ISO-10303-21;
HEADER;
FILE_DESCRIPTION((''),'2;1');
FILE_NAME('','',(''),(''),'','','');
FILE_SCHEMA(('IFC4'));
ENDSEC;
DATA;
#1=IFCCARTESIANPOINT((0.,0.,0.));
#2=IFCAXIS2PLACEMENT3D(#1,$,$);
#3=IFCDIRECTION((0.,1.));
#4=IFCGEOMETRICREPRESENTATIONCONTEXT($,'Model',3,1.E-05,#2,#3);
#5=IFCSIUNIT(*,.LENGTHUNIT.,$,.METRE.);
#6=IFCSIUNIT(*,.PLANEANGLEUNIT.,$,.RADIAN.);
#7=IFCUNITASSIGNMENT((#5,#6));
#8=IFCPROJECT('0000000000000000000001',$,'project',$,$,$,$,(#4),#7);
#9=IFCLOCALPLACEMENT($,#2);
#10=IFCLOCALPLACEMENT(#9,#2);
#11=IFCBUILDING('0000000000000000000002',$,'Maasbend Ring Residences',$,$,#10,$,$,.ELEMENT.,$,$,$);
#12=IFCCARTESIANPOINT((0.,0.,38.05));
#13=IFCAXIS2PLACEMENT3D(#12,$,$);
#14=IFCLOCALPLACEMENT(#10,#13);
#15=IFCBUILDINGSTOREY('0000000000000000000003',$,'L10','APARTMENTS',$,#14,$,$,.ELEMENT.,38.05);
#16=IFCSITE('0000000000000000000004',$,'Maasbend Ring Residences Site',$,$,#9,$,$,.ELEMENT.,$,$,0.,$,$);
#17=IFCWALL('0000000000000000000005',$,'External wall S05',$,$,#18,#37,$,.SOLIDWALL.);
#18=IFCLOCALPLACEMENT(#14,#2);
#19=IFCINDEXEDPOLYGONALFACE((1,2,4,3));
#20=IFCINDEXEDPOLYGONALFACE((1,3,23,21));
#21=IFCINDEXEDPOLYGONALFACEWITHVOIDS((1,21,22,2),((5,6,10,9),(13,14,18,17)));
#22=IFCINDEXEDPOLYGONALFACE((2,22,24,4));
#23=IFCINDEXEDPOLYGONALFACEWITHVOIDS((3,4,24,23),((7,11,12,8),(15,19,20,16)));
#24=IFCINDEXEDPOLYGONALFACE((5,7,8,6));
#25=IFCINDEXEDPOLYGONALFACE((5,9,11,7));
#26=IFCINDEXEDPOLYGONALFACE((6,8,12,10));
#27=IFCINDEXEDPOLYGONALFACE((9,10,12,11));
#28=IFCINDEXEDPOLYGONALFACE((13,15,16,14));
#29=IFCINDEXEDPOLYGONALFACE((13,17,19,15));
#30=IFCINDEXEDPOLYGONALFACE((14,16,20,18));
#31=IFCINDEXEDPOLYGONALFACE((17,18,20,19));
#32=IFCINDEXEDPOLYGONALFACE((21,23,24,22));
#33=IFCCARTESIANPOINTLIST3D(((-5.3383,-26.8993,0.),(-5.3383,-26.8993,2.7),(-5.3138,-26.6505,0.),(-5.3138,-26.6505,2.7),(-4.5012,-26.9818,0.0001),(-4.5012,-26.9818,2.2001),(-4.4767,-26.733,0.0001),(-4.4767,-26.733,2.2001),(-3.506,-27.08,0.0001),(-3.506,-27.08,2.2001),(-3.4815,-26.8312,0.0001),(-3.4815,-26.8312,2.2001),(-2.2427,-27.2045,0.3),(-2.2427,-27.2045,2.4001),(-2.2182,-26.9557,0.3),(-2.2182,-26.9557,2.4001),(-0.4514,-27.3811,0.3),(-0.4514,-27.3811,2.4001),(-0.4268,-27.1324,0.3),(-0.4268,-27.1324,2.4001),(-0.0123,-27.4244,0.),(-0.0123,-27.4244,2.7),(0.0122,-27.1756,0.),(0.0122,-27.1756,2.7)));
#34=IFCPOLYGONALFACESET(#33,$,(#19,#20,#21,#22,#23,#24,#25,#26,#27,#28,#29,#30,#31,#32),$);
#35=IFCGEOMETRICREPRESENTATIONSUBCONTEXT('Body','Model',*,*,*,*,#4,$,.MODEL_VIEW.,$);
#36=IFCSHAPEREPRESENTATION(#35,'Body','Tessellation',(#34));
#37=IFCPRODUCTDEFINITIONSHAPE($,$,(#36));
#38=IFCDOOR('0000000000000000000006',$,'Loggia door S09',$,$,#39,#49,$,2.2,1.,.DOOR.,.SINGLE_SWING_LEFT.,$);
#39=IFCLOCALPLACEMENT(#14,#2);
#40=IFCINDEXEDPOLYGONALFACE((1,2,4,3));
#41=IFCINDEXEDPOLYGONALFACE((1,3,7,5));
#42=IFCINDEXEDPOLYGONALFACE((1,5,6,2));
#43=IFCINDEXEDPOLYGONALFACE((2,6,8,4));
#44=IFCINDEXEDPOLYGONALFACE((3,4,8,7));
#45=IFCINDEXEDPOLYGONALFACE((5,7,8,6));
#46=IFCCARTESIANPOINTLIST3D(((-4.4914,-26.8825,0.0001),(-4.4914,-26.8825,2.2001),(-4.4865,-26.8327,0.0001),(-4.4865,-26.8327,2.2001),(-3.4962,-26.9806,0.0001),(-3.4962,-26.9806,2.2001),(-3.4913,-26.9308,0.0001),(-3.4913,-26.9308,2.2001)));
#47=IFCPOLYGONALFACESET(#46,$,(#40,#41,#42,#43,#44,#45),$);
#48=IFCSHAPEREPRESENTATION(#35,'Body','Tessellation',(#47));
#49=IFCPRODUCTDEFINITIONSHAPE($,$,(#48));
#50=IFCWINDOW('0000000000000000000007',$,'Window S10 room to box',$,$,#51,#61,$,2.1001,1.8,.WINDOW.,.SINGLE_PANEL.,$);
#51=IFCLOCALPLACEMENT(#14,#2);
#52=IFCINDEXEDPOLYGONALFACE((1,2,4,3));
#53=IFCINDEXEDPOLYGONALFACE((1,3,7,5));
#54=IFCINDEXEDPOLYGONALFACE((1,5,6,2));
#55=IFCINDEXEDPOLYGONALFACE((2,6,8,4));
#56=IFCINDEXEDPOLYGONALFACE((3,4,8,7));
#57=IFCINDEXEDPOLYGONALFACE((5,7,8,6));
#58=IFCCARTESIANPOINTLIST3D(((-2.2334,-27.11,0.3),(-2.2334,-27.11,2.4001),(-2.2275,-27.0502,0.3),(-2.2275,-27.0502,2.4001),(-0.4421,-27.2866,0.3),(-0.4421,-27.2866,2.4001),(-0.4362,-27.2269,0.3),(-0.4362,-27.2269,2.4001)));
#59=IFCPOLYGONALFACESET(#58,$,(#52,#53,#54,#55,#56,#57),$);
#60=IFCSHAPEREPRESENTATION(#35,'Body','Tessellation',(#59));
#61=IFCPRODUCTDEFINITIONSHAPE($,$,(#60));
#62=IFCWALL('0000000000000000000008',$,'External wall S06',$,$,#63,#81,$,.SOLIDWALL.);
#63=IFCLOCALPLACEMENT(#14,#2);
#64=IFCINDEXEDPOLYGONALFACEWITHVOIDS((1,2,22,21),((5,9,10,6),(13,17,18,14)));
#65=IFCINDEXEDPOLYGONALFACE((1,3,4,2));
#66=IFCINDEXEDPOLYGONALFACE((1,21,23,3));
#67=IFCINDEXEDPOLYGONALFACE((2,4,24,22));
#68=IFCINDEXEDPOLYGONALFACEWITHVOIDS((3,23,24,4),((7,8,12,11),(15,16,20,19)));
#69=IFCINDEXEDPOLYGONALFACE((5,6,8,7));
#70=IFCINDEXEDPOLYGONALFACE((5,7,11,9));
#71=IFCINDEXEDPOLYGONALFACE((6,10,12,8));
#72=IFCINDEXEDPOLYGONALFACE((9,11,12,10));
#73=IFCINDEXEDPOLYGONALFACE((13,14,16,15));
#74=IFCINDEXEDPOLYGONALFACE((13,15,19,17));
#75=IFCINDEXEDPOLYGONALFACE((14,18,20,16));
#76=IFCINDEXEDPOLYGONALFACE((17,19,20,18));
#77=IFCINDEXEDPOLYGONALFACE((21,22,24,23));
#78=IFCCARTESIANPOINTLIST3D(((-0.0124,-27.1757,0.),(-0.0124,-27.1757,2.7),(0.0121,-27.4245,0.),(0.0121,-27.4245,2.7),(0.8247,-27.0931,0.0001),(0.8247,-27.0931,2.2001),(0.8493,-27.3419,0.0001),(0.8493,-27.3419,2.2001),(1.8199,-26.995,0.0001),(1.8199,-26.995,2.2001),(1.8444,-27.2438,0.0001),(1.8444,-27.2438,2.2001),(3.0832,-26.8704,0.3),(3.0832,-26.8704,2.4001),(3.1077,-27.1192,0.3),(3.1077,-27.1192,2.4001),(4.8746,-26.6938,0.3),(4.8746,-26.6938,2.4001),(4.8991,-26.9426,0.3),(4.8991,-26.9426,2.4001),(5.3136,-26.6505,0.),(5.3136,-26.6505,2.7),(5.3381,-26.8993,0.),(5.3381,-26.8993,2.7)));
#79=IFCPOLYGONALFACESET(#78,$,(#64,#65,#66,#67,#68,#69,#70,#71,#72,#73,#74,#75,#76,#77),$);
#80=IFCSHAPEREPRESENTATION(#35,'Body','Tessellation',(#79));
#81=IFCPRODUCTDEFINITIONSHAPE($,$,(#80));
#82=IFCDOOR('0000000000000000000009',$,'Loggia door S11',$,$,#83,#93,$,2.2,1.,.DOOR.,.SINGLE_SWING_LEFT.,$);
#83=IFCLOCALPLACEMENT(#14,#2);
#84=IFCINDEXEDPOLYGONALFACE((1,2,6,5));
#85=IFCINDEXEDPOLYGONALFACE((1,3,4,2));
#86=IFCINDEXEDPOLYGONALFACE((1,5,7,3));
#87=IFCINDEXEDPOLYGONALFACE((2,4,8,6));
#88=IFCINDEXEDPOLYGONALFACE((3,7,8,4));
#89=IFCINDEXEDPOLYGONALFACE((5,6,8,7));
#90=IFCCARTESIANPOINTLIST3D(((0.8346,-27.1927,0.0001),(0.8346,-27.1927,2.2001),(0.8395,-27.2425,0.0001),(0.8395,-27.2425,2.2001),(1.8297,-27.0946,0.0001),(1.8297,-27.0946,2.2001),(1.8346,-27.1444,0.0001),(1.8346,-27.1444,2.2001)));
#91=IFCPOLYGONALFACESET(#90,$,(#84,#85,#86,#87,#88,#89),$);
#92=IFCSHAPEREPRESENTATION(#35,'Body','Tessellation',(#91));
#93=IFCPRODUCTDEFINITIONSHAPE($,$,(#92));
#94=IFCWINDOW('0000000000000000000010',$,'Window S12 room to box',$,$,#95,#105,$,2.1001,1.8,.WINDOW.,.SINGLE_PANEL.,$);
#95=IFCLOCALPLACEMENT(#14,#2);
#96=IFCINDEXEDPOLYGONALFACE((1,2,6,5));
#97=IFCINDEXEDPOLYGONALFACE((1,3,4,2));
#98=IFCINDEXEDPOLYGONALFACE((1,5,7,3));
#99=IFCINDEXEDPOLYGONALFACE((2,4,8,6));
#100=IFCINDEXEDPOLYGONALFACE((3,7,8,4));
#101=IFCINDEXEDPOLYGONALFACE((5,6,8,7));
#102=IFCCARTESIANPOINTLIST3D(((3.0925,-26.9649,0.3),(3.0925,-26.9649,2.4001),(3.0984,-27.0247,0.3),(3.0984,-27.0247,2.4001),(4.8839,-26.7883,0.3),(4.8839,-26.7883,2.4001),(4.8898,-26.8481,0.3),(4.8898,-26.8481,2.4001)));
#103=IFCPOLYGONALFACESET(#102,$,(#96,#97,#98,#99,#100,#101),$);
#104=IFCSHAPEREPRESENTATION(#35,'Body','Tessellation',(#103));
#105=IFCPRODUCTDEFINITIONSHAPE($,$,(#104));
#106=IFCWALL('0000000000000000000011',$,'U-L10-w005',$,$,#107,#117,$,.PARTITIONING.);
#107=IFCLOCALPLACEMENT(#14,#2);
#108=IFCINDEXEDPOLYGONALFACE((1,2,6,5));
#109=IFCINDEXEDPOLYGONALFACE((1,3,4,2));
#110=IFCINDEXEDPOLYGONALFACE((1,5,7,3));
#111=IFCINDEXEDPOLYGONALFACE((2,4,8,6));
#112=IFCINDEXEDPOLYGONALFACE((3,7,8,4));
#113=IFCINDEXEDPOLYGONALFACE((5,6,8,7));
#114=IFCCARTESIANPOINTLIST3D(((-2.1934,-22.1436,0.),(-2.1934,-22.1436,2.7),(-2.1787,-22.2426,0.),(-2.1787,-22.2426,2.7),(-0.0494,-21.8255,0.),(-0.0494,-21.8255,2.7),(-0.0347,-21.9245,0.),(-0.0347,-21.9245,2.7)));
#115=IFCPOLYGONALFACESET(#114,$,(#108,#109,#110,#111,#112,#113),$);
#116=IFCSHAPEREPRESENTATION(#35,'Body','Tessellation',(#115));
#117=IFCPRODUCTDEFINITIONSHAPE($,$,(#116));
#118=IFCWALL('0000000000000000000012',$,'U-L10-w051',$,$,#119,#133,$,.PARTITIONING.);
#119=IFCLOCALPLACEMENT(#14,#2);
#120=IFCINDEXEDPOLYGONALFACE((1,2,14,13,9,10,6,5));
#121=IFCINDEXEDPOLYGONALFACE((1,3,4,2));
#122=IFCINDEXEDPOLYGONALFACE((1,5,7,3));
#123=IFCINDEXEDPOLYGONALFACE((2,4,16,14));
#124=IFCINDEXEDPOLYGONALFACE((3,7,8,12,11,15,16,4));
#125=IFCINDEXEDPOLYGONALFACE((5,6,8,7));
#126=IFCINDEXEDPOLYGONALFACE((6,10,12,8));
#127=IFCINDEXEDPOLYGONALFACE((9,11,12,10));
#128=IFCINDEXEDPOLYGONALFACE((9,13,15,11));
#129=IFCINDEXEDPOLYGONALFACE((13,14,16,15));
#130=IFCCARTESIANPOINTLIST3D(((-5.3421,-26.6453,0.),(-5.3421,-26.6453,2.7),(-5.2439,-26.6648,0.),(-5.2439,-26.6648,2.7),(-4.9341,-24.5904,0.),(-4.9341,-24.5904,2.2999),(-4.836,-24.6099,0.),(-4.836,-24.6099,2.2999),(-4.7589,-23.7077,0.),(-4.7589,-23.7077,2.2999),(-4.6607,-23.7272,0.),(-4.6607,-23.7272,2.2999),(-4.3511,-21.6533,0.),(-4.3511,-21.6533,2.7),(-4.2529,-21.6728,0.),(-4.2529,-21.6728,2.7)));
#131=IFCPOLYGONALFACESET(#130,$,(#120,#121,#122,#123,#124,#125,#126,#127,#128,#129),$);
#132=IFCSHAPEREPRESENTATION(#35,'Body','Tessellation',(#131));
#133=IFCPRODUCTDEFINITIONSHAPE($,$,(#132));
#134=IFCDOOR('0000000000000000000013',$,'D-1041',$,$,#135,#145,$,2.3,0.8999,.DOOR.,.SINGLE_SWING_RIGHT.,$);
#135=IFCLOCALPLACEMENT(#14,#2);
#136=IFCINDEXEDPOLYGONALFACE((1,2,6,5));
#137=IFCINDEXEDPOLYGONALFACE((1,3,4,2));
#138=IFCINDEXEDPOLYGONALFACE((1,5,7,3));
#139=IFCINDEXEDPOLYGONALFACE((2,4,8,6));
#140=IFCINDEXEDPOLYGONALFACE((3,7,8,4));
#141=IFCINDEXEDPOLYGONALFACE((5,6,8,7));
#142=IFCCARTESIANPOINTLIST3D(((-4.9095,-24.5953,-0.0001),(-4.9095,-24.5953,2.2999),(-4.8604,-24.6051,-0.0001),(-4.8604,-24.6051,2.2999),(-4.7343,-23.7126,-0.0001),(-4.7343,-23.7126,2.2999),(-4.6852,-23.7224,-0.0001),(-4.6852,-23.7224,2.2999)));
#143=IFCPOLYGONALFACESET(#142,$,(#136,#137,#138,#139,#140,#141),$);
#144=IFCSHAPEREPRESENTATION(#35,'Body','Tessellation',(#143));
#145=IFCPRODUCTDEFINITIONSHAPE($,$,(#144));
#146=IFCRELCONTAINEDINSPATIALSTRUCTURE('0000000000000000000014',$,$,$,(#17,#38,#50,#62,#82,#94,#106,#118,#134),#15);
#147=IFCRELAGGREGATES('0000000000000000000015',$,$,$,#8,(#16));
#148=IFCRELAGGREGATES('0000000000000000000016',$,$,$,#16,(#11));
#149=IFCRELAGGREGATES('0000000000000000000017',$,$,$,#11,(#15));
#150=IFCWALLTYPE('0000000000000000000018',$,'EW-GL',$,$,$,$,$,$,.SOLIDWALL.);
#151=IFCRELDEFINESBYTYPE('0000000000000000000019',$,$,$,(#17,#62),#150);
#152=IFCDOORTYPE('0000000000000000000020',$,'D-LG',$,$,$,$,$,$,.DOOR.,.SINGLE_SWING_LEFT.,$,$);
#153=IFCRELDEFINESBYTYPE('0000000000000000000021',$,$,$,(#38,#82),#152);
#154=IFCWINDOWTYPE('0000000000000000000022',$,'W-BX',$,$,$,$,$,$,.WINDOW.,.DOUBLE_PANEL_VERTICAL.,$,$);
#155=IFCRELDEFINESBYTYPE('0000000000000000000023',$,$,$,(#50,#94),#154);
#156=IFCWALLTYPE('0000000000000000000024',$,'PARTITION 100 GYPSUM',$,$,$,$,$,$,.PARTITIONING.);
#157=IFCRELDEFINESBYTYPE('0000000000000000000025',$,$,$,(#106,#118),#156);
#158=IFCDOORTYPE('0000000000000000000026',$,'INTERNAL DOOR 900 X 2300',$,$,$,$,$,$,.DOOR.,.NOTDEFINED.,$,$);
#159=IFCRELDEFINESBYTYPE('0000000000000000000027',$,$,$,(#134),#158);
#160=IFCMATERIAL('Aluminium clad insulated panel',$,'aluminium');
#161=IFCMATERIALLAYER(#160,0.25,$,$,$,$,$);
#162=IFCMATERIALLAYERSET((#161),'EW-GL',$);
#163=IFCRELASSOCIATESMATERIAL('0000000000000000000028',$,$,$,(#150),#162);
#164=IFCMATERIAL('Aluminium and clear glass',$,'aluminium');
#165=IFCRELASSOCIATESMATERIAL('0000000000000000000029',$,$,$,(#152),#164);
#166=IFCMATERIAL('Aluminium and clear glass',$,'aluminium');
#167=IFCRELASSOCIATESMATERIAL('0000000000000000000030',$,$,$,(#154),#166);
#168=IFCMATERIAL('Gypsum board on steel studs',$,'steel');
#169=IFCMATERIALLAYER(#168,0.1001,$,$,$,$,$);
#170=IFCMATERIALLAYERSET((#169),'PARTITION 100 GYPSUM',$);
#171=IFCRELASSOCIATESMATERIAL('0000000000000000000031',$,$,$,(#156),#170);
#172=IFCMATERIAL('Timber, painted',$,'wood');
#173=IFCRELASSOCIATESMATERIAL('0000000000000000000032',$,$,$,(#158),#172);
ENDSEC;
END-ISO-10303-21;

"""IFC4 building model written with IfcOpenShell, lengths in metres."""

from ifc_helpers import new_model, si_unit, direction, frame, frame_2d, origin, place, context, subcontext, project, spatial, rectangle, extrude, material, layer, layer_set, type_object, element, fill, save


model = new_model("IFC4")

# Units and contexts
model_context = context("Model", 3, precision=1e-05, world=origin(), true_north=direction((0.0, 1.0)))
body_context = subcontext(model_context, "Body", "Model", "MODEL_VIEW")
ifc_project = project(units=[si_unit("LENGTHUNIT", "METRE"), si_unit("PLANEANGLEUNIT", "RADIAN")], contexts=[model_context])

# Site, building, storey
site_placement = place(None, origin())
site = spatial("IfcSite", under=ifc_project, at=site_placement, Name="Maasbend Ring Residences Site", CompositionType="ELEMENT", RefElevation=0.0)
building_placement = place(site_placement, origin())
building = spatial("IfcBuilding", under=site, at=building_placement, Name="Maasbend Ring Residences", CompositionType="ELEMENT")
storey_placement = place(building_placement, frame((0.0, 0.0, 38.05)))
storey = spatial("IfcBuildingStorey", under=building, at=storey_placement, Name="L10", Description="APARTMENTS", CompositionType="ELEMENT", Elevation=38.05)

# Walls, openings, doors, windows
ifc_material_1 = material(Name="Aluminium clad insulated panel", Category="aluminium")
ifc_layer_1 = layer(ifc_material_1, 0.25)
ifc_layer_set_1 = layer_set([ifc_layer_1], Name="EW-GL")
wall_type_1 = type_object("IfcWallType", Name="EW-GL", PredefinedType="SOLIDWALL", material=ifc_layer_set_1)
wall_1_placement = place(storey_placement, frame((-5.3259, -26.7749, 0.0), z_axis=(0.0, 0.0, 1.0), x_axis=(0.995174, -0.098126, 0.0)))
wall_1 = element("IfcWall", 1, at=wall_1_placement, inside=storey, type_object=wall_type_1, Name="External wall S05", PredefinedType="SOLIDWALL", context=body_context, shape_type="SweptSolid", body=[
    extrude(rectangle(XDim=5.3518, YDim=0.25, at=frame_2d((2.6758, 0.0))), origin(), (0.0, 0.0, 1.0), 2.7),
])
opening_1_placement = place(wall_1_placement, frame((0.8411, 0.0, 0.0)))
opening_1 = element("IfcOpeningElement", 2, at=opening_1_placement, cuts=wall_1, PredefinedType="OPENING", context=body_context, shape_type="SweptSolid", body=[
    extrude(rectangle(XDim=1.0, YDim=2.2, at=frame_2d((0.5, 1.1001))), frame((0.0, 0.135, 0.0), z_axis=(0.0, -1.0, 0.0), x_axis=(1.0, 0.0, 0.0)), (0.0, 0.0, 1.0), 0.27),
])
opening_2_placement = place(wall_1_placement, frame((3.1106, 0.0, 0.3)))
opening_2 = element("IfcOpeningElement", 3, at=opening_2_placement, cuts=wall_1, PredefinedType="OPENING", context=body_context, shape_type="SweptSolid", body=[
    extrude(rectangle(XDim=1.8, YDim=2.1001, at=frame_2d((0.8999, 1.05))), frame((0.0, 0.135, 0.0), z_axis=(0.0, -1.0, 0.0), x_axis=(1.0, 0.0, 0.0)), (0.0, 0.0, 1.0), 0.27),
])
ifc_material_2 = material(Name="Aluminium and clear glass", Category="aluminium")
door_type_1 = type_object("IfcDoorType", Name="D-LG", OperationType="SINGLE_SWING_LEFT", PredefinedType="DOOR", material=ifc_material_2)
door_1_placement = place(opening_1_placement, origin())
door_1 = element("IfcDoor", 4, at=door_1_placement, inside=storey, type_object=door_type_1, Name="Loggia door S09", OperationType="SINGLE_SWING_LEFT", OverallHeight=2.2, OverallWidth=1.0, PredefinedType="DOOR", context=body_context, shape_type="SweptSolid", body=[
    extrude(rectangle(XDim=1.0, YDim=2.2, at=frame_2d((0.5, 1.1001))), frame((0.0, 0.0249, 0.0), z_axis=(0.0, -1.0, 0.0), x_axis=(1.0, 0.0, 0.0)), (0.0, 0.0, 1.0), 0.05),
])
fill(opening_1, door_1)
ifc_material_3 = material(Name="Aluminium and clear glass", Category="aluminium")
window_type_1 = type_object("IfcWindowType", Name="W-BX", PartitioningType="DOUBLE_PANEL_VERTICAL", PredefinedType="WINDOW", material=ifc_material_3)
window_1_placement = place(opening_2_placement, origin())
window_1 = element("IfcWindow", 5, at=window_1_placement, inside=storey, type_object=window_type_1, Name="Window S10 room to box", OverallHeight=2.1001, OverallWidth=1.8, PartitioningType="SINGLE_PANEL", PredefinedType="WINDOW", context=body_context, shape_type="SweptSolid", body=[
    extrude(rectangle(XDim=1.8, YDim=2.1001, at=frame_2d((0.8999, 1.05))), frame((0.0, 0.03, 0.0), z_axis=(0.0, -1.0, 0.0), x_axis=(1.0, 0.0, 0.0)), (0.0, 0.0, 1.0), 0.0601),
])
fill(opening_2, window_1)
wall_2_placement = place(storey_placement, frame((0.0, -27.3, 0.0), z_axis=(0.0, 0.0, 1.0), x_axis=(0.995174, 0.098126, 0.0)))
wall_2 = element("IfcWall", 6, at=wall_2_placement, inside=storey, type_object=wall_type_1, Name="External wall S06", PredefinedType="SOLIDWALL", context=body_context, shape_type="SweptSolid", body=[
    extrude(rectangle(XDim=5.3518, YDim=0.25, at=frame_2d((2.6758, 0.0))), origin(), (0.0, 0.0, 1.0), 2.7),
])
opening_3_placement = place(wall_2_placement, frame((0.8411, 0.0, 0.0)))
opening_3 = element("IfcOpeningElement", 7, at=opening_3_placement, cuts=wall_2, PredefinedType="OPENING", context=body_context, shape_type="SweptSolid", body=[
    extrude(rectangle(XDim=1.0, YDim=2.2, at=frame_2d((0.5, 1.1001))), frame((0.0, 0.135, 0.0), z_axis=(0.0, -1.0, 0.0), x_axis=(1.0, 0.0, 0.0)), (0.0, 0.0, 1.0), 0.27),
])
opening_4_placement = place(wall_2_placement, frame((3.1106, 0.0, 0.3)))
opening_4 = element("IfcOpeningElement", 8, at=opening_4_placement, cuts=wall_2, PredefinedType="OPENING", context=body_context, shape_type="SweptSolid", body=[
    extrude(rectangle(XDim=1.8, YDim=2.1001, at=frame_2d((0.8999, 1.05))), frame((0.0, 0.135, 0.0), z_axis=(0.0, -1.0, 0.0), x_axis=(1.0, 0.0, 0.0)), (0.0, 0.0, 1.0), 0.27),
])
door_2_placement = place(opening_3_placement, origin())
door_2 = element("IfcDoor", 9, at=door_2_placement, inside=storey, type_object=door_type_1, Name="Loggia door S11", OperationType="SINGLE_SWING_LEFT", OverallHeight=2.2, OverallWidth=1.0, PredefinedType="DOOR", context=body_context, shape_type="SweptSolid", body=[
    extrude(rectangle(XDim=1.0, YDim=2.2, at=frame_2d((0.5, 1.1001))), frame((0.0, 0.0249, 0.0), z_axis=(0.0, -1.0, 0.0), x_axis=(1.0, 0.0, 0.0)), (0.0, 0.0, 1.0), 0.05),
])
fill(opening_3, door_2)
window_2_placement = place(opening_4_placement, origin())
window_2 = element("IfcWindow", 10, at=window_2_placement, inside=storey, type_object=window_type_1, Name="Window S12 room to box", OverallHeight=2.1001, OverallWidth=1.8, PartitioningType="SINGLE_PANEL", PredefinedType="WINDOW", context=body_context, shape_type="SweptSolid", body=[
    extrude(rectangle(XDim=1.8, YDim=2.1001, at=frame_2d((0.8999, 1.05))), frame((0.0, 0.03, 0.0), z_axis=(0.0, -1.0, 0.0), x_axis=(1.0, 0.0, 0.0)), (0.0, 0.0, 1.0), 0.0601),
])
fill(opening_4, window_2)

# Wall
ifc_material_4 = material(Name="Gypsum board on steel studs", Category="steel")
ifc_layer_2 = layer(ifc_material_4, 0.1001)
ifc_layer_set_2 = layer_set([ifc_layer_2], Name="PARTITION 100 GYPSUM")
wall_type_2 = type_object("IfcWallType", Name="PARTITION 100 GYPSUM", PredefinedType="PARTITIONING", material=ifc_layer_set_2)
wall_3_placement = place(storey_placement, frame((-2.186, -22.1931, 0.0), z_axis=(0.0, 0.0, 1.0), x_axis=(0.989171, 0.146765, 0.0)))
element("IfcWall", 11, at=wall_3_placement, inside=storey, type_object=wall_type_2, Name="U-L10-w005", PredefinedType="PARTITIONING", context=body_context, shape_type="SweptSolid", body=[
    extrude(rectangle(XDim=2.1675, YDim=0.1001, at=frame_2d((1.0837, 0.0))), origin(), (0.0, 0.0, 1.0), 2.7),
])

# Wall, opening, door
wall_4_placement = place(storey_placement, frame((-5.293, -26.655, 0.0), z_axis=(0.0, 0.0, 1.0), x_axis=(0.194714, 0.98086, 0.0)))
wall_4 = element("IfcWall", 12, at=wall_4_placement, inside=storey, type_object=wall_type_2, Name="U-L10-w051", PredefinedType="PARTITIONING", context=body_context, shape_type="SweptSolid", body=[
    extrude(rectangle(XDim=5.0894, YDim=0.1001, at=frame_2d((2.5447, 0.0))), origin(), (0.0, 0.0, 1.0), 2.7),
])
opening_5_placement = place(wall_4_placement, frame((2.095, 0.0, 0.0)))
opening_5 = element("IfcOpeningElement", 13, at=opening_5_placement, cuts=wall_4, PredefinedType="OPENING", context=body_context, shape_type="SweptSolid", body=[
    extrude(rectangle(XDim=0.8999, YDim=2.3, at=frame_2d((0.45, 1.1499))), frame((0.0, 0.0601, 0.0), z_axis=(0.0, -1.0, 0.0), x_axis=(1.0, 0.0, 0.0)), (0.0, 0.0, 1.0), 0.1201),
])
ifc_material_5 = material(Name="Timber, painted", Category="wood")
door_type_2 = type_object("IfcDoorType", Name="INTERNAL DOOR 900 X 2300", OperationType="NOTDEFINED", PredefinedType="DOOR", material=ifc_material_5)
door_3_placement = place(opening_5_placement, origin())
door_3 = element("IfcDoor", 14, at=door_3_placement, inside=storey, type_object=door_type_2, Name="D-1041", OperationType="SINGLE_SWING_RIGHT", OverallHeight=2.3, OverallWidth=0.8999, PredefinedType="DOOR", context=body_context, shape_type="SweptSolid", body=[
    extrude(rectangle(XDim=0.8999, YDim=2.3, at=frame_2d((0.45, 1.1499))), frame((0.0, 0.0249, 0.0), z_axis=(0.0, -1.0, 0.0), x_axis=(1.0, 0.0, 0.0)), (0.0, 0.0, 1.0), 0.05),
])
fill(opening_5, door_3)

save(model, "model.ifc")
